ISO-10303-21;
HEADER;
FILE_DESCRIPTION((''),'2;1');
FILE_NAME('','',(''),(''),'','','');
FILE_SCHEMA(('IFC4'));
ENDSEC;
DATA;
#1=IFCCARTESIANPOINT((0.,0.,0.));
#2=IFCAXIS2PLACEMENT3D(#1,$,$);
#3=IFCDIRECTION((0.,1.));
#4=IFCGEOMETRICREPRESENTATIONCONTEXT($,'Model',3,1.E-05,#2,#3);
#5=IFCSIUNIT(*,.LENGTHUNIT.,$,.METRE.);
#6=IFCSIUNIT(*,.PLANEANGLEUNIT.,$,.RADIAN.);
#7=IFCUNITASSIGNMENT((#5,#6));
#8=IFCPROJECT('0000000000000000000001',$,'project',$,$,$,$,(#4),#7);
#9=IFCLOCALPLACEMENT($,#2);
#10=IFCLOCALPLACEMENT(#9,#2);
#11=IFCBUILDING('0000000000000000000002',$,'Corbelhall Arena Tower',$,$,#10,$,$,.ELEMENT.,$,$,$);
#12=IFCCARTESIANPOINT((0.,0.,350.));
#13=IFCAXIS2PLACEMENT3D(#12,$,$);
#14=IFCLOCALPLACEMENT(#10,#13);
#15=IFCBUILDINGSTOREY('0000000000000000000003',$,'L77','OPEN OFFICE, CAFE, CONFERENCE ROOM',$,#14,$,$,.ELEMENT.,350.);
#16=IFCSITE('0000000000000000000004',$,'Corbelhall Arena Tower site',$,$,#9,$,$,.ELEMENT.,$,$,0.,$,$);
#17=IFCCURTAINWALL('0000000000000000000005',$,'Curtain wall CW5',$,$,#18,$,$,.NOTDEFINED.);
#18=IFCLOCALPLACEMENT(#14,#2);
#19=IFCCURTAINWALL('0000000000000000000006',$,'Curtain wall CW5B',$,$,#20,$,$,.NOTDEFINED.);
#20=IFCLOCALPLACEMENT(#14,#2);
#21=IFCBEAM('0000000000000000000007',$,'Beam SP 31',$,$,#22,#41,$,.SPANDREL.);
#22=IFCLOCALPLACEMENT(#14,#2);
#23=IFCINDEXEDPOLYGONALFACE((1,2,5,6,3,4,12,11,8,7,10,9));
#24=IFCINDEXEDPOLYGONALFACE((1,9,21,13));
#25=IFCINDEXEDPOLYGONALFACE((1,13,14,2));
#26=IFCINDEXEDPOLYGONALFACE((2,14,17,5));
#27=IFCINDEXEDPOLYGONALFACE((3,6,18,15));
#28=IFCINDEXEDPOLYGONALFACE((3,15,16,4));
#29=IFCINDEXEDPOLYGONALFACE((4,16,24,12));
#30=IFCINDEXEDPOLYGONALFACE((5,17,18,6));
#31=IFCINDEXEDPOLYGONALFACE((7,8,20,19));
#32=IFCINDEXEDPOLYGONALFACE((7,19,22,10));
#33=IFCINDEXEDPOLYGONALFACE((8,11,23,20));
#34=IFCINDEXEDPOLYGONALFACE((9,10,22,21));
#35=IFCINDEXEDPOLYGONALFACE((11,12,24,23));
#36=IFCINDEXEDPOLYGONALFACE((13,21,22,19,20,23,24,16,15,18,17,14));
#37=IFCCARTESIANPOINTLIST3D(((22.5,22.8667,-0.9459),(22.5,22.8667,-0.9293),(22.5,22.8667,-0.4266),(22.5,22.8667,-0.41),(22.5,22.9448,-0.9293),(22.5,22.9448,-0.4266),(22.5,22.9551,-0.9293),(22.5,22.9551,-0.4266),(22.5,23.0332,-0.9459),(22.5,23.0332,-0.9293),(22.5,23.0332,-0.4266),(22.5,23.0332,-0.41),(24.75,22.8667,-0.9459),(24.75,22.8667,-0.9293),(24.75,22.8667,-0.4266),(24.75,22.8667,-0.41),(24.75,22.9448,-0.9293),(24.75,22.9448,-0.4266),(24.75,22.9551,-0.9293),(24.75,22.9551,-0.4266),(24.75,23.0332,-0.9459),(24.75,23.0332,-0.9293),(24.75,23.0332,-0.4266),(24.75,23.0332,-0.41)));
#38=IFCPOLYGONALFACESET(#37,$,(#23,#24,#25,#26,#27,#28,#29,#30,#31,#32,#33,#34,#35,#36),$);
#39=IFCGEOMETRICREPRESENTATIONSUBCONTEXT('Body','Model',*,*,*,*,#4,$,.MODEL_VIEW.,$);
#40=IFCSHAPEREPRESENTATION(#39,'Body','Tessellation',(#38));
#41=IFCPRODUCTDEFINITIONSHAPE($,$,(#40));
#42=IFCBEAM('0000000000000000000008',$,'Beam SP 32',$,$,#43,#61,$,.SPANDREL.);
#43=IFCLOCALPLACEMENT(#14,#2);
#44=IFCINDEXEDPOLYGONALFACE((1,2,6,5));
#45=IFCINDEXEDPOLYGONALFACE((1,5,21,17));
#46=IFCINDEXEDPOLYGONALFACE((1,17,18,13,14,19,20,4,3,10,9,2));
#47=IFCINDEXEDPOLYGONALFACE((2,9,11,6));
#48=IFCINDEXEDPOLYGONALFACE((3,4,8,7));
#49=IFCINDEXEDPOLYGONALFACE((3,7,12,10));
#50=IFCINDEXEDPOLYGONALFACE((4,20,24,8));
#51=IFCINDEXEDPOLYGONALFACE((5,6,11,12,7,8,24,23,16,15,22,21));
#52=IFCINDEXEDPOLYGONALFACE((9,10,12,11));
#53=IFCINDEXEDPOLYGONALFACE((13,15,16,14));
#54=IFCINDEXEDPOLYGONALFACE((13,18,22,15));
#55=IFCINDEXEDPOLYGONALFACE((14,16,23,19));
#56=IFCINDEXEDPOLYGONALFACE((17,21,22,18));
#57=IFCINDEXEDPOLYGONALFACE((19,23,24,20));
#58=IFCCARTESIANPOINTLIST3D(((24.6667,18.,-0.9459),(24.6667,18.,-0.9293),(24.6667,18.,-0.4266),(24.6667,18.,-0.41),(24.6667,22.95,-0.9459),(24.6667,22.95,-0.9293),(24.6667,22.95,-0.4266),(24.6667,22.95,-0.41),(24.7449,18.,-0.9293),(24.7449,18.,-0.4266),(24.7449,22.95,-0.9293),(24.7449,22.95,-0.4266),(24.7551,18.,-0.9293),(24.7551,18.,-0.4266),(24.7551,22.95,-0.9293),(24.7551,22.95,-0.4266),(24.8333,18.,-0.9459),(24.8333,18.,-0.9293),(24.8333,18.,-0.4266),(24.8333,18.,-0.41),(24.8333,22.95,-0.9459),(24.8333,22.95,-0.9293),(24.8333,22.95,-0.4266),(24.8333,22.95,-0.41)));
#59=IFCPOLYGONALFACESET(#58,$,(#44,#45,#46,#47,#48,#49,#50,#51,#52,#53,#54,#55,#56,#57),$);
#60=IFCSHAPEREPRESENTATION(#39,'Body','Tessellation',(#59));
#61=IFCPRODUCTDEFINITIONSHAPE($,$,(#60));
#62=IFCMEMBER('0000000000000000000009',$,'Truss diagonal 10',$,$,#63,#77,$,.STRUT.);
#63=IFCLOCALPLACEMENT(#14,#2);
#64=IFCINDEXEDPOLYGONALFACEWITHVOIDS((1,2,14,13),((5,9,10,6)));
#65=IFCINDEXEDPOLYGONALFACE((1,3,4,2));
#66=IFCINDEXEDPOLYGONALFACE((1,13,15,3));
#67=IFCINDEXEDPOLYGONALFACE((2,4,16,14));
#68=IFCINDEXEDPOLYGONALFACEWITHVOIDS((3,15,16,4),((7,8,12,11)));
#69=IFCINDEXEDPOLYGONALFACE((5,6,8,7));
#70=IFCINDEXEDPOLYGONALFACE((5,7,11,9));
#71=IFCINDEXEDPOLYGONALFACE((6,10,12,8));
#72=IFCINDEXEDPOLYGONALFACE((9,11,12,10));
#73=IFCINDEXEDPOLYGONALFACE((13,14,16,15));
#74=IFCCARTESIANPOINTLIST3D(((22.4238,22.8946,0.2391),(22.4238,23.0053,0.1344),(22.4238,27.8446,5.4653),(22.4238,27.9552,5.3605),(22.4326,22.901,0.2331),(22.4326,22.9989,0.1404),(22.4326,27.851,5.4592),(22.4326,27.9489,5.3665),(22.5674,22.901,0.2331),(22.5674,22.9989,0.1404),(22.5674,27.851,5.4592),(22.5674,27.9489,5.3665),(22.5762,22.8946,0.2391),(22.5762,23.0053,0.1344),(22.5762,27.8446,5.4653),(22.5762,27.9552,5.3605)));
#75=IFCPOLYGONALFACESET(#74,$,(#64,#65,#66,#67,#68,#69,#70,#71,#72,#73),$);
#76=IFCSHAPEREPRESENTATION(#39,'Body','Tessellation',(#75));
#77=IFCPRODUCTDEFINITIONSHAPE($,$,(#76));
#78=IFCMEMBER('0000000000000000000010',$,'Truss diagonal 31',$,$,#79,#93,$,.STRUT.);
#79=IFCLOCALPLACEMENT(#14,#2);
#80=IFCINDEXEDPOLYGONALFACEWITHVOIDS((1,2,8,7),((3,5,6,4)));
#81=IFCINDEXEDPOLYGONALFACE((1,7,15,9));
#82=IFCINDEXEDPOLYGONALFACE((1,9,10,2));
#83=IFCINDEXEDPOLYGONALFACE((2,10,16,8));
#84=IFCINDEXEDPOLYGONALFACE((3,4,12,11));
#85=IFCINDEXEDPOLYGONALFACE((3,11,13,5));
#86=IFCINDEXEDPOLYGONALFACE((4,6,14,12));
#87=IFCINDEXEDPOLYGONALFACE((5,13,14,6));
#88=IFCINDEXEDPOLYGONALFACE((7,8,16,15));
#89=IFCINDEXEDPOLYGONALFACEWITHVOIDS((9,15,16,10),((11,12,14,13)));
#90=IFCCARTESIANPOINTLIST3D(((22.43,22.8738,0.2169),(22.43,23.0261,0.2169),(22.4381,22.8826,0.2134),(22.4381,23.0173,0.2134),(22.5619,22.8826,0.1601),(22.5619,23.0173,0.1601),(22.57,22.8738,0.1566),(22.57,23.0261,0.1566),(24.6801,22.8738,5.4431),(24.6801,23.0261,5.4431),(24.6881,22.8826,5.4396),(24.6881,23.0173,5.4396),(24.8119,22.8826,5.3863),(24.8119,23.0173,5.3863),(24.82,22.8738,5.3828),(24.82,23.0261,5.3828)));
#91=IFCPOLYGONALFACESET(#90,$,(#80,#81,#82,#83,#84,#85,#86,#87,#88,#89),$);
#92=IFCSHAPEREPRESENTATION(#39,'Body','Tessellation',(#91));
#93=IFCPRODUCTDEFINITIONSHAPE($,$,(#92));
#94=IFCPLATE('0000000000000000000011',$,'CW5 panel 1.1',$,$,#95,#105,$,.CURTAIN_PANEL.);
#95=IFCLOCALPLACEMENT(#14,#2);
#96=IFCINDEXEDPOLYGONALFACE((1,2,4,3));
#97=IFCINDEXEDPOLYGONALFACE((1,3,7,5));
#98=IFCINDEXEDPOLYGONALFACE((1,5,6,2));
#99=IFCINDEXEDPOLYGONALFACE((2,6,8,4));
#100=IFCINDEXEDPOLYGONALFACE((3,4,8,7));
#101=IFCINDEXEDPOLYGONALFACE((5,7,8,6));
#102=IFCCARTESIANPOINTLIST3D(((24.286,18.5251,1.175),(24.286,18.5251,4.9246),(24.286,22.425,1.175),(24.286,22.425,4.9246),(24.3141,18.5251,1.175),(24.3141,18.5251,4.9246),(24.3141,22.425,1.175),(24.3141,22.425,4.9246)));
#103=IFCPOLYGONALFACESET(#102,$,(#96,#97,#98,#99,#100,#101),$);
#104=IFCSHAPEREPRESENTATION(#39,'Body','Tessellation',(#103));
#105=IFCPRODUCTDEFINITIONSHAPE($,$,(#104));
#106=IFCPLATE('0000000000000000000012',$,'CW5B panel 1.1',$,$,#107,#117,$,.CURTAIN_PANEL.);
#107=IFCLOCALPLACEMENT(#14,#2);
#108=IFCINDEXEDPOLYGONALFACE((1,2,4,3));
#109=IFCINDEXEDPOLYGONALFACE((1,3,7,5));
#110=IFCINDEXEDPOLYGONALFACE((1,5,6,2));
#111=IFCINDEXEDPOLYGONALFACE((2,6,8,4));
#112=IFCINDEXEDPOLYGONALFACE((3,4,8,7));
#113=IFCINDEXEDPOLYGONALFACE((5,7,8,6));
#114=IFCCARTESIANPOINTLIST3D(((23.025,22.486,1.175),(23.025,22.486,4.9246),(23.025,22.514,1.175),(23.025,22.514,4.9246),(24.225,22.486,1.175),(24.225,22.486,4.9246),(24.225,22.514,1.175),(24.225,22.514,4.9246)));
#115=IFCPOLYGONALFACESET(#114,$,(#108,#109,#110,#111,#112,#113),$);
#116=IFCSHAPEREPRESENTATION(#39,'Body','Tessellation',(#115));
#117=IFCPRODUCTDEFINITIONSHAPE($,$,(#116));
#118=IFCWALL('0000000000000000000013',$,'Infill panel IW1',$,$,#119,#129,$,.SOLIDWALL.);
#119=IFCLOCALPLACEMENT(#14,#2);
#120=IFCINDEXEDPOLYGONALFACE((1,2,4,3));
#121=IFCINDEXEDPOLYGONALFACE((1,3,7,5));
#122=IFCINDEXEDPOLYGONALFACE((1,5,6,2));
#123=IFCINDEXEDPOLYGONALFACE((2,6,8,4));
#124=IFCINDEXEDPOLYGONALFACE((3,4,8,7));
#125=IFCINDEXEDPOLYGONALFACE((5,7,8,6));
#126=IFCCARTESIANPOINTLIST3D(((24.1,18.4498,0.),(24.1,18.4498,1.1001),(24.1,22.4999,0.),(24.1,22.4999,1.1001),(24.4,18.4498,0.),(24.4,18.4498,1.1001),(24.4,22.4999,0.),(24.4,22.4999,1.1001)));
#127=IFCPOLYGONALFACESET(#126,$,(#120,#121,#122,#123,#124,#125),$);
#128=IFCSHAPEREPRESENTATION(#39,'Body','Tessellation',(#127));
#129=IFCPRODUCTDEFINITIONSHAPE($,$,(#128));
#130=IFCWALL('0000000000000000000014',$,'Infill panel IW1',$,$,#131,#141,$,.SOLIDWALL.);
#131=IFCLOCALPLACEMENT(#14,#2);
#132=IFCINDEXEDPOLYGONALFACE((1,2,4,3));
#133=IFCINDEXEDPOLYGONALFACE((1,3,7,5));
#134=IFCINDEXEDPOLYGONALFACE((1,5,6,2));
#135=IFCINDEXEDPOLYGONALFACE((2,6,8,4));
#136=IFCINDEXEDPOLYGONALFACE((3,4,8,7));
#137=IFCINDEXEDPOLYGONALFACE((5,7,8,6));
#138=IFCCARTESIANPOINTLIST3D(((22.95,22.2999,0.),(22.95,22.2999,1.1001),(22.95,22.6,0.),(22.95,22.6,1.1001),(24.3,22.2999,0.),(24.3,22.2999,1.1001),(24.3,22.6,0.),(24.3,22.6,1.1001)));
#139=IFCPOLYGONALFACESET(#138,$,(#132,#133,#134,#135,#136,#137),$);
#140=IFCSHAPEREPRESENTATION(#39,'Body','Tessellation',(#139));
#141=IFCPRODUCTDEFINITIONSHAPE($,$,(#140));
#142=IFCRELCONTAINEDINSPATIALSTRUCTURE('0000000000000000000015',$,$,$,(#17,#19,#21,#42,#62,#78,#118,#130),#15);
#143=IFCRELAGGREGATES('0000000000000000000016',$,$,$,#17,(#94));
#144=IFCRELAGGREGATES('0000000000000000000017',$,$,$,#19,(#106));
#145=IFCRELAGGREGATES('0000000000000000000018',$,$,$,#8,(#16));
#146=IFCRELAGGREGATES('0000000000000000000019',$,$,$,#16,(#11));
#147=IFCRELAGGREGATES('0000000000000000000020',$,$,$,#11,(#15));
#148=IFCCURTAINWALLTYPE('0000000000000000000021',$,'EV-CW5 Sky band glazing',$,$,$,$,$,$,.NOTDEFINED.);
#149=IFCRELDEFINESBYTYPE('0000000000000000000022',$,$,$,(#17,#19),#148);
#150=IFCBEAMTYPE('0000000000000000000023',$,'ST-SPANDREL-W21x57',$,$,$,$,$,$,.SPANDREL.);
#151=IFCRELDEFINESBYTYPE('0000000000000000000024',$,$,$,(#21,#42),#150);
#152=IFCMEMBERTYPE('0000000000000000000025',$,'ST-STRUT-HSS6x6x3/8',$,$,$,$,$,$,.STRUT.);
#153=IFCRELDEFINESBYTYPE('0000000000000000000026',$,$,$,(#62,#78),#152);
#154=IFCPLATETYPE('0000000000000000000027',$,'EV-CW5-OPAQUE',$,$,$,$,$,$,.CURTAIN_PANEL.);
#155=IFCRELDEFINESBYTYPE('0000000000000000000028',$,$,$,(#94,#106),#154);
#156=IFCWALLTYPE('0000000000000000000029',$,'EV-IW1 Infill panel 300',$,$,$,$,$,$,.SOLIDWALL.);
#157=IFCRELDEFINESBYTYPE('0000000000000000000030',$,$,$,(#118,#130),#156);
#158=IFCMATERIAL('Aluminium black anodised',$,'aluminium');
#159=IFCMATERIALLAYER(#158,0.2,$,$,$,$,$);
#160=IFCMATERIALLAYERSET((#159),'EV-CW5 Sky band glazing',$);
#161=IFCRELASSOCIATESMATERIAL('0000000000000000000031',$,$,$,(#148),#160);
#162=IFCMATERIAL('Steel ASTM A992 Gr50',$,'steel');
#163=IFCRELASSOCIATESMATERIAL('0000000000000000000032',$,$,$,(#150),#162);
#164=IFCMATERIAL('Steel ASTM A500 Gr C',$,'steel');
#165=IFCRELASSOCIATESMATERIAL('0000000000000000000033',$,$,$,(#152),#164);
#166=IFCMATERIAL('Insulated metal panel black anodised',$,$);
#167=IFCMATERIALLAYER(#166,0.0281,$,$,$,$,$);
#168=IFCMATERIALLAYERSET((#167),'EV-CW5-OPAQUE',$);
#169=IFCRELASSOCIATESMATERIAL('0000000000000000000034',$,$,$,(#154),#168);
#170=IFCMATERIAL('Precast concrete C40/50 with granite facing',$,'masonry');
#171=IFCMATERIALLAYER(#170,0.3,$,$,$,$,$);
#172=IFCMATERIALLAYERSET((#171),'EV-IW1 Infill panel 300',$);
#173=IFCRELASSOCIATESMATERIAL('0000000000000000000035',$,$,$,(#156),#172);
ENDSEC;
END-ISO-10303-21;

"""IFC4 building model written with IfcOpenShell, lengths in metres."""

from ifc_helpers import new_model, si_unit, direction, frame, frame_2d, origin, origin_2d, place, context, subcontext, project, spatial, rectangle, hollow_rectangle, i_section, extrude, material, layer, layer_set, material_profile, profile_set, type_object, element, aggregate, save


model = new_model("IFC4")

# Units and contexts
model_context = context("Model", 3, precision=1e-05, world=origin(), true_north=direction((0.0, 1.0)))
body_context = subcontext(model_context, "Body", "Model", "MODEL_VIEW")
ifc_project = project(units=[si_unit("LENGTHUNIT", "METRE"), si_unit("PLANEANGLEUNIT", "RADIAN")], contexts=[model_context])

# Site, building, storey
site_placement = place(None, origin())
site = spatial("IfcSite", under=ifc_project, at=site_placement, Name="Corbelhall Arena Tower site", CompositionType="ELEMENT", RefElevation=0.0)
building_placement = place(site_placement, origin())
building = spatial("IfcBuilding", under=site, at=building_placement, Name="Corbelhall Arena Tower", CompositionType="ELEMENT")
storey_placement = place(building_placement, frame((0.0, 0.0, 350.0)))
storey = spatial("IfcBuildingStorey", under=building, at=storey_placement, Name="L77", Description="OPEN OFFICE, CAFE, CONFERENCE ROOM", CompositionType="ELEMENT", Elevation=350.0)

# Curtain walls
ifc_material_1 = material(Name="Aluminium black anodised", Category="aluminium")
ifc_layer_1 = layer(ifc_material_1, 0.2)
ifc_layer_set_1 = layer_set([ifc_layer_1], Name="EV-CW5 Sky band glazing")
curtain_wall_type = type_object("IfcCurtainWallType", Name="EV-CW5 Sky band glazing", PredefinedType="NOTDEFINED", material=ifc_layer_set_1)
curtain_wall_1_placement = place(storey_placement, origin())
curtain_wall_1 = element("IfcCurtainWall", 1, at=curtain_wall_1_placement, inside=storey, type_object=curtain_wall_type, Name="Curtain wall CW5", PredefinedType="NOTDEFINED")
curtain_wall_2_placement = place(storey_placement, origin())
curtain_wall_2 = element("IfcCurtainWall", 2, at=curtain_wall_2_placement, inside=storey, type_object=curtain_wall_type, Name="Curtain wall CW5B", PredefinedType="NOTDEFINED")

# Shared definitions
ifc_material_2 = material(Name="Steel ASTM A992 Gr50", Category="steel")

# Beams
ifc_material_profile_1 = material_profile(ifc_material_2, i_section(OverallWidth=0.1665, OverallDepth=0.5359, WebThickness=0.0103, FlangeThickness=0.0166, at=origin_2d()))
ifc_profile_set_1 = profile_set([ifc_material_profile_1], Name="Steel ASTM A992 Gr50")
beam_type = type_object("IfcBeamType", Name="ST-SPANDREL-W21x57", PredefinedType="SPANDREL", material=ifc_profile_set_1)
beam_1_placement = place(storey_placement, frame((22.5, 22.95, -0.678), z_axis=(1.0, 0.0, 0.0), x_axis=(0.0, 1.0, 0.0)))
element("IfcBeam", 3, at=beam_1_placement, inside=storey, type_object=beam_type, Name="Beam SP 31", PredefinedType="SPANDREL", context=body_context, shape_type="SweptSolid", body=[
    extrude(i_section(OverallWidth=0.1665, OverallDepth=0.5359, WebThickness=0.0103, FlangeThickness=0.0166, at=origin_2d()), origin(), (0.0, 0.0, 1.0), 2.25),
])
beam_2_placement = place(storey_placement, frame((24.75, 22.95, -0.678), z_axis=(0.0, -1.0, 0.0), x_axis=(1.0, 0.0, 0.0)))
element("IfcBeam", 4, at=beam_2_placement, inside=storey, type_object=beam_type, Name="Beam SP 32", PredefinedType="SPANDREL", context=body_context, shape_type="SweptSolid", body=[
    extrude(i_section(OverallWidth=0.1665, OverallDepth=0.5359, WebThickness=0.0103, FlangeThickness=0.0166, at=origin_2d()), origin(), (0.0, 0.0, 1.0), 4.95),
])

# Members
ifc_material_3 = material(Name="Steel ASTM A500 Gr C", Category="steel")
ifc_material_profile_2 = material_profile(ifc_material_3, hollow_rectangle(XDim=0.1523, YDim=0.1523, WallThickness=0.0088, at=origin_2d()))
ifc_profile_set_2 = profile_set([ifc_material_profile_2], Name="Steel ASTM A500 Gr C")
member_type_1 = type_object("IfcMemberType", Name="ST-STRUT-HSS6x6x3/8", PredefinedType="STRUT", material=ifc_profile_set_2)
member_1_placement = place(storey_placement, frame((22.5, 22.95, 0.1868), z_axis=(0.0, 0.687667, 0.726027), x_axis=(-1.0, 0.0, 0.0)))
element("IfcMember", 5, at=member_1_placement, inside=storey, type_object=member_type_1, Name="Truss diagonal 10", PredefinedType="STRUT", context=body_context, shape_type="SweptSolid", body=[
    extrude(hollow_rectangle(XDim=0.1523, YDim=0.1523, WallThickness=0.0088, at=origin_2d()), origin(), (0.0, 0.0, 1.0), 7.1982),
])
member_2_placement = place(storey_placement, frame((22.5, 22.95, 0.1868), z_axis=(0.395441, 0.0, 0.918491), x_axis=(0.0, 1.0, 0.0)))
element("IfcMember", 6, at=member_2_placement, inside=storey, type_object=member_type_1, Name="Truss diagonal 31", PredefinedType="STRUT", context=body_context, shape_type="SweptSolid", body=[
    extrude(hollow_rectangle(XDim=0.1523, YDim=0.1523, WallThickness=0.0088, at=origin_2d()), origin(), (0.0, 0.0, 1.0), 5.6899),
])

# Plates
ifc_material_4 = material(Name="Insulated metal panel black anodised")
ifc_layer_2 = layer(ifc_material_4, 0.0281)
ifc_layer_set_2 = layer_set([ifc_layer_2], Name="EV-CW5-OPAQUE")
plate_type = type_object("IfcPlateType", Name="EV-CW5-OPAQUE", PredefinedType="CURTAIN_PANEL", material=ifc_layer_set_2)
plate_1_placement = place(storey_placement, frame((24.3, 20.4751, 1.175), z_axis=(0.0, 0.0, 1.0), x_axis=(0.0, 1.0, 0.0)))
plate_1 = element("IfcPlate", 7, at=plate_1_placement, type_object=plate_type, Name="CW5 panel 1.1", PredefinedType="CURTAIN_PANEL", context=body_context, shape_type="SweptSolid", body=[
    extrude(rectangle(XDim=3.8999, YDim=0.0281, at=origin_2d()), origin(), (0.0, 0.0, 1.0), 3.7495),
])
aggregate(curtain_wall_1, [plate_1])
plate_2_placement = place(storey_placement, frame((23.625, 22.5, 1.175), z_axis=(0.0, 0.0, 1.0), x_axis=(-1.0, 0.0, 0.0)))
plate_2 = element("IfcPlate", 8, at=plate_2_placement, type_object=plate_type, Name="CW5B panel 1.1", PredefinedType="CURTAIN_PANEL", context=body_context, shape_type="SweptSolid", body=[
    extrude(rectangle(XDim=1.2, YDim=0.0281, at=origin_2d()), origin(), (0.0, 0.0, 1.0), 3.7495),
])
aggregate(curtain_wall_2, [plate_2])

# Walls
ifc_material_5 = material(Name="Precast concrete C40/50 with granite facing", Category="masonry")
ifc_layer_3 = layer(ifc_material_5, 0.3)
ifc_layer_set_3 = layer_set([ifc_layer_3], Name="EV-IW1 Infill panel 300")
wall_type = type_object("IfcWallType", Name="EV-IW1 Infill panel 300", PredefinedType="SOLIDWALL", material=ifc_layer_set_3)
wall_1_placement = place(storey_placement, frame((24.25, 18.45, 0.0), z_axis=(0.0, 0.0, 1.0), x_axis=(0.0, 1.0, 0.0)))
element("IfcWall", 9, at=wall_1_placement, inside=storey, type_object=wall_type, Name="Infill panel IW1", PredefinedType="SOLIDWALL", context=body_context, shape_type="SweptSolid", body=[
    extrude(rectangle(XDim=4.05, YDim=0.3, at=frame_2d((2.0249, 0.0))), origin(), (0.0, 0.0, 1.0), 1.1001),
])
wall_2_placement = place(storey_placement, frame((24.3, 22.45, 0.0), z_axis=(0.0, 0.0, 1.0), x_axis=(-1.0, 0.0, 0.0)))
element("IfcWall", 10, at=wall_2_placement, inside=storey, type_object=wall_type, Name="Infill panel IW1", PredefinedType="SOLIDWALL", context=body_context, shape_type="SweptSolid", body=[
    extrude(rectangle(XDim=1.3501, YDim=0.3, at=frame_2d((0.675, 0.0))), origin(), (0.0, 0.0, 1.0), 1.1001),
])

save(model, "model.ifc")
